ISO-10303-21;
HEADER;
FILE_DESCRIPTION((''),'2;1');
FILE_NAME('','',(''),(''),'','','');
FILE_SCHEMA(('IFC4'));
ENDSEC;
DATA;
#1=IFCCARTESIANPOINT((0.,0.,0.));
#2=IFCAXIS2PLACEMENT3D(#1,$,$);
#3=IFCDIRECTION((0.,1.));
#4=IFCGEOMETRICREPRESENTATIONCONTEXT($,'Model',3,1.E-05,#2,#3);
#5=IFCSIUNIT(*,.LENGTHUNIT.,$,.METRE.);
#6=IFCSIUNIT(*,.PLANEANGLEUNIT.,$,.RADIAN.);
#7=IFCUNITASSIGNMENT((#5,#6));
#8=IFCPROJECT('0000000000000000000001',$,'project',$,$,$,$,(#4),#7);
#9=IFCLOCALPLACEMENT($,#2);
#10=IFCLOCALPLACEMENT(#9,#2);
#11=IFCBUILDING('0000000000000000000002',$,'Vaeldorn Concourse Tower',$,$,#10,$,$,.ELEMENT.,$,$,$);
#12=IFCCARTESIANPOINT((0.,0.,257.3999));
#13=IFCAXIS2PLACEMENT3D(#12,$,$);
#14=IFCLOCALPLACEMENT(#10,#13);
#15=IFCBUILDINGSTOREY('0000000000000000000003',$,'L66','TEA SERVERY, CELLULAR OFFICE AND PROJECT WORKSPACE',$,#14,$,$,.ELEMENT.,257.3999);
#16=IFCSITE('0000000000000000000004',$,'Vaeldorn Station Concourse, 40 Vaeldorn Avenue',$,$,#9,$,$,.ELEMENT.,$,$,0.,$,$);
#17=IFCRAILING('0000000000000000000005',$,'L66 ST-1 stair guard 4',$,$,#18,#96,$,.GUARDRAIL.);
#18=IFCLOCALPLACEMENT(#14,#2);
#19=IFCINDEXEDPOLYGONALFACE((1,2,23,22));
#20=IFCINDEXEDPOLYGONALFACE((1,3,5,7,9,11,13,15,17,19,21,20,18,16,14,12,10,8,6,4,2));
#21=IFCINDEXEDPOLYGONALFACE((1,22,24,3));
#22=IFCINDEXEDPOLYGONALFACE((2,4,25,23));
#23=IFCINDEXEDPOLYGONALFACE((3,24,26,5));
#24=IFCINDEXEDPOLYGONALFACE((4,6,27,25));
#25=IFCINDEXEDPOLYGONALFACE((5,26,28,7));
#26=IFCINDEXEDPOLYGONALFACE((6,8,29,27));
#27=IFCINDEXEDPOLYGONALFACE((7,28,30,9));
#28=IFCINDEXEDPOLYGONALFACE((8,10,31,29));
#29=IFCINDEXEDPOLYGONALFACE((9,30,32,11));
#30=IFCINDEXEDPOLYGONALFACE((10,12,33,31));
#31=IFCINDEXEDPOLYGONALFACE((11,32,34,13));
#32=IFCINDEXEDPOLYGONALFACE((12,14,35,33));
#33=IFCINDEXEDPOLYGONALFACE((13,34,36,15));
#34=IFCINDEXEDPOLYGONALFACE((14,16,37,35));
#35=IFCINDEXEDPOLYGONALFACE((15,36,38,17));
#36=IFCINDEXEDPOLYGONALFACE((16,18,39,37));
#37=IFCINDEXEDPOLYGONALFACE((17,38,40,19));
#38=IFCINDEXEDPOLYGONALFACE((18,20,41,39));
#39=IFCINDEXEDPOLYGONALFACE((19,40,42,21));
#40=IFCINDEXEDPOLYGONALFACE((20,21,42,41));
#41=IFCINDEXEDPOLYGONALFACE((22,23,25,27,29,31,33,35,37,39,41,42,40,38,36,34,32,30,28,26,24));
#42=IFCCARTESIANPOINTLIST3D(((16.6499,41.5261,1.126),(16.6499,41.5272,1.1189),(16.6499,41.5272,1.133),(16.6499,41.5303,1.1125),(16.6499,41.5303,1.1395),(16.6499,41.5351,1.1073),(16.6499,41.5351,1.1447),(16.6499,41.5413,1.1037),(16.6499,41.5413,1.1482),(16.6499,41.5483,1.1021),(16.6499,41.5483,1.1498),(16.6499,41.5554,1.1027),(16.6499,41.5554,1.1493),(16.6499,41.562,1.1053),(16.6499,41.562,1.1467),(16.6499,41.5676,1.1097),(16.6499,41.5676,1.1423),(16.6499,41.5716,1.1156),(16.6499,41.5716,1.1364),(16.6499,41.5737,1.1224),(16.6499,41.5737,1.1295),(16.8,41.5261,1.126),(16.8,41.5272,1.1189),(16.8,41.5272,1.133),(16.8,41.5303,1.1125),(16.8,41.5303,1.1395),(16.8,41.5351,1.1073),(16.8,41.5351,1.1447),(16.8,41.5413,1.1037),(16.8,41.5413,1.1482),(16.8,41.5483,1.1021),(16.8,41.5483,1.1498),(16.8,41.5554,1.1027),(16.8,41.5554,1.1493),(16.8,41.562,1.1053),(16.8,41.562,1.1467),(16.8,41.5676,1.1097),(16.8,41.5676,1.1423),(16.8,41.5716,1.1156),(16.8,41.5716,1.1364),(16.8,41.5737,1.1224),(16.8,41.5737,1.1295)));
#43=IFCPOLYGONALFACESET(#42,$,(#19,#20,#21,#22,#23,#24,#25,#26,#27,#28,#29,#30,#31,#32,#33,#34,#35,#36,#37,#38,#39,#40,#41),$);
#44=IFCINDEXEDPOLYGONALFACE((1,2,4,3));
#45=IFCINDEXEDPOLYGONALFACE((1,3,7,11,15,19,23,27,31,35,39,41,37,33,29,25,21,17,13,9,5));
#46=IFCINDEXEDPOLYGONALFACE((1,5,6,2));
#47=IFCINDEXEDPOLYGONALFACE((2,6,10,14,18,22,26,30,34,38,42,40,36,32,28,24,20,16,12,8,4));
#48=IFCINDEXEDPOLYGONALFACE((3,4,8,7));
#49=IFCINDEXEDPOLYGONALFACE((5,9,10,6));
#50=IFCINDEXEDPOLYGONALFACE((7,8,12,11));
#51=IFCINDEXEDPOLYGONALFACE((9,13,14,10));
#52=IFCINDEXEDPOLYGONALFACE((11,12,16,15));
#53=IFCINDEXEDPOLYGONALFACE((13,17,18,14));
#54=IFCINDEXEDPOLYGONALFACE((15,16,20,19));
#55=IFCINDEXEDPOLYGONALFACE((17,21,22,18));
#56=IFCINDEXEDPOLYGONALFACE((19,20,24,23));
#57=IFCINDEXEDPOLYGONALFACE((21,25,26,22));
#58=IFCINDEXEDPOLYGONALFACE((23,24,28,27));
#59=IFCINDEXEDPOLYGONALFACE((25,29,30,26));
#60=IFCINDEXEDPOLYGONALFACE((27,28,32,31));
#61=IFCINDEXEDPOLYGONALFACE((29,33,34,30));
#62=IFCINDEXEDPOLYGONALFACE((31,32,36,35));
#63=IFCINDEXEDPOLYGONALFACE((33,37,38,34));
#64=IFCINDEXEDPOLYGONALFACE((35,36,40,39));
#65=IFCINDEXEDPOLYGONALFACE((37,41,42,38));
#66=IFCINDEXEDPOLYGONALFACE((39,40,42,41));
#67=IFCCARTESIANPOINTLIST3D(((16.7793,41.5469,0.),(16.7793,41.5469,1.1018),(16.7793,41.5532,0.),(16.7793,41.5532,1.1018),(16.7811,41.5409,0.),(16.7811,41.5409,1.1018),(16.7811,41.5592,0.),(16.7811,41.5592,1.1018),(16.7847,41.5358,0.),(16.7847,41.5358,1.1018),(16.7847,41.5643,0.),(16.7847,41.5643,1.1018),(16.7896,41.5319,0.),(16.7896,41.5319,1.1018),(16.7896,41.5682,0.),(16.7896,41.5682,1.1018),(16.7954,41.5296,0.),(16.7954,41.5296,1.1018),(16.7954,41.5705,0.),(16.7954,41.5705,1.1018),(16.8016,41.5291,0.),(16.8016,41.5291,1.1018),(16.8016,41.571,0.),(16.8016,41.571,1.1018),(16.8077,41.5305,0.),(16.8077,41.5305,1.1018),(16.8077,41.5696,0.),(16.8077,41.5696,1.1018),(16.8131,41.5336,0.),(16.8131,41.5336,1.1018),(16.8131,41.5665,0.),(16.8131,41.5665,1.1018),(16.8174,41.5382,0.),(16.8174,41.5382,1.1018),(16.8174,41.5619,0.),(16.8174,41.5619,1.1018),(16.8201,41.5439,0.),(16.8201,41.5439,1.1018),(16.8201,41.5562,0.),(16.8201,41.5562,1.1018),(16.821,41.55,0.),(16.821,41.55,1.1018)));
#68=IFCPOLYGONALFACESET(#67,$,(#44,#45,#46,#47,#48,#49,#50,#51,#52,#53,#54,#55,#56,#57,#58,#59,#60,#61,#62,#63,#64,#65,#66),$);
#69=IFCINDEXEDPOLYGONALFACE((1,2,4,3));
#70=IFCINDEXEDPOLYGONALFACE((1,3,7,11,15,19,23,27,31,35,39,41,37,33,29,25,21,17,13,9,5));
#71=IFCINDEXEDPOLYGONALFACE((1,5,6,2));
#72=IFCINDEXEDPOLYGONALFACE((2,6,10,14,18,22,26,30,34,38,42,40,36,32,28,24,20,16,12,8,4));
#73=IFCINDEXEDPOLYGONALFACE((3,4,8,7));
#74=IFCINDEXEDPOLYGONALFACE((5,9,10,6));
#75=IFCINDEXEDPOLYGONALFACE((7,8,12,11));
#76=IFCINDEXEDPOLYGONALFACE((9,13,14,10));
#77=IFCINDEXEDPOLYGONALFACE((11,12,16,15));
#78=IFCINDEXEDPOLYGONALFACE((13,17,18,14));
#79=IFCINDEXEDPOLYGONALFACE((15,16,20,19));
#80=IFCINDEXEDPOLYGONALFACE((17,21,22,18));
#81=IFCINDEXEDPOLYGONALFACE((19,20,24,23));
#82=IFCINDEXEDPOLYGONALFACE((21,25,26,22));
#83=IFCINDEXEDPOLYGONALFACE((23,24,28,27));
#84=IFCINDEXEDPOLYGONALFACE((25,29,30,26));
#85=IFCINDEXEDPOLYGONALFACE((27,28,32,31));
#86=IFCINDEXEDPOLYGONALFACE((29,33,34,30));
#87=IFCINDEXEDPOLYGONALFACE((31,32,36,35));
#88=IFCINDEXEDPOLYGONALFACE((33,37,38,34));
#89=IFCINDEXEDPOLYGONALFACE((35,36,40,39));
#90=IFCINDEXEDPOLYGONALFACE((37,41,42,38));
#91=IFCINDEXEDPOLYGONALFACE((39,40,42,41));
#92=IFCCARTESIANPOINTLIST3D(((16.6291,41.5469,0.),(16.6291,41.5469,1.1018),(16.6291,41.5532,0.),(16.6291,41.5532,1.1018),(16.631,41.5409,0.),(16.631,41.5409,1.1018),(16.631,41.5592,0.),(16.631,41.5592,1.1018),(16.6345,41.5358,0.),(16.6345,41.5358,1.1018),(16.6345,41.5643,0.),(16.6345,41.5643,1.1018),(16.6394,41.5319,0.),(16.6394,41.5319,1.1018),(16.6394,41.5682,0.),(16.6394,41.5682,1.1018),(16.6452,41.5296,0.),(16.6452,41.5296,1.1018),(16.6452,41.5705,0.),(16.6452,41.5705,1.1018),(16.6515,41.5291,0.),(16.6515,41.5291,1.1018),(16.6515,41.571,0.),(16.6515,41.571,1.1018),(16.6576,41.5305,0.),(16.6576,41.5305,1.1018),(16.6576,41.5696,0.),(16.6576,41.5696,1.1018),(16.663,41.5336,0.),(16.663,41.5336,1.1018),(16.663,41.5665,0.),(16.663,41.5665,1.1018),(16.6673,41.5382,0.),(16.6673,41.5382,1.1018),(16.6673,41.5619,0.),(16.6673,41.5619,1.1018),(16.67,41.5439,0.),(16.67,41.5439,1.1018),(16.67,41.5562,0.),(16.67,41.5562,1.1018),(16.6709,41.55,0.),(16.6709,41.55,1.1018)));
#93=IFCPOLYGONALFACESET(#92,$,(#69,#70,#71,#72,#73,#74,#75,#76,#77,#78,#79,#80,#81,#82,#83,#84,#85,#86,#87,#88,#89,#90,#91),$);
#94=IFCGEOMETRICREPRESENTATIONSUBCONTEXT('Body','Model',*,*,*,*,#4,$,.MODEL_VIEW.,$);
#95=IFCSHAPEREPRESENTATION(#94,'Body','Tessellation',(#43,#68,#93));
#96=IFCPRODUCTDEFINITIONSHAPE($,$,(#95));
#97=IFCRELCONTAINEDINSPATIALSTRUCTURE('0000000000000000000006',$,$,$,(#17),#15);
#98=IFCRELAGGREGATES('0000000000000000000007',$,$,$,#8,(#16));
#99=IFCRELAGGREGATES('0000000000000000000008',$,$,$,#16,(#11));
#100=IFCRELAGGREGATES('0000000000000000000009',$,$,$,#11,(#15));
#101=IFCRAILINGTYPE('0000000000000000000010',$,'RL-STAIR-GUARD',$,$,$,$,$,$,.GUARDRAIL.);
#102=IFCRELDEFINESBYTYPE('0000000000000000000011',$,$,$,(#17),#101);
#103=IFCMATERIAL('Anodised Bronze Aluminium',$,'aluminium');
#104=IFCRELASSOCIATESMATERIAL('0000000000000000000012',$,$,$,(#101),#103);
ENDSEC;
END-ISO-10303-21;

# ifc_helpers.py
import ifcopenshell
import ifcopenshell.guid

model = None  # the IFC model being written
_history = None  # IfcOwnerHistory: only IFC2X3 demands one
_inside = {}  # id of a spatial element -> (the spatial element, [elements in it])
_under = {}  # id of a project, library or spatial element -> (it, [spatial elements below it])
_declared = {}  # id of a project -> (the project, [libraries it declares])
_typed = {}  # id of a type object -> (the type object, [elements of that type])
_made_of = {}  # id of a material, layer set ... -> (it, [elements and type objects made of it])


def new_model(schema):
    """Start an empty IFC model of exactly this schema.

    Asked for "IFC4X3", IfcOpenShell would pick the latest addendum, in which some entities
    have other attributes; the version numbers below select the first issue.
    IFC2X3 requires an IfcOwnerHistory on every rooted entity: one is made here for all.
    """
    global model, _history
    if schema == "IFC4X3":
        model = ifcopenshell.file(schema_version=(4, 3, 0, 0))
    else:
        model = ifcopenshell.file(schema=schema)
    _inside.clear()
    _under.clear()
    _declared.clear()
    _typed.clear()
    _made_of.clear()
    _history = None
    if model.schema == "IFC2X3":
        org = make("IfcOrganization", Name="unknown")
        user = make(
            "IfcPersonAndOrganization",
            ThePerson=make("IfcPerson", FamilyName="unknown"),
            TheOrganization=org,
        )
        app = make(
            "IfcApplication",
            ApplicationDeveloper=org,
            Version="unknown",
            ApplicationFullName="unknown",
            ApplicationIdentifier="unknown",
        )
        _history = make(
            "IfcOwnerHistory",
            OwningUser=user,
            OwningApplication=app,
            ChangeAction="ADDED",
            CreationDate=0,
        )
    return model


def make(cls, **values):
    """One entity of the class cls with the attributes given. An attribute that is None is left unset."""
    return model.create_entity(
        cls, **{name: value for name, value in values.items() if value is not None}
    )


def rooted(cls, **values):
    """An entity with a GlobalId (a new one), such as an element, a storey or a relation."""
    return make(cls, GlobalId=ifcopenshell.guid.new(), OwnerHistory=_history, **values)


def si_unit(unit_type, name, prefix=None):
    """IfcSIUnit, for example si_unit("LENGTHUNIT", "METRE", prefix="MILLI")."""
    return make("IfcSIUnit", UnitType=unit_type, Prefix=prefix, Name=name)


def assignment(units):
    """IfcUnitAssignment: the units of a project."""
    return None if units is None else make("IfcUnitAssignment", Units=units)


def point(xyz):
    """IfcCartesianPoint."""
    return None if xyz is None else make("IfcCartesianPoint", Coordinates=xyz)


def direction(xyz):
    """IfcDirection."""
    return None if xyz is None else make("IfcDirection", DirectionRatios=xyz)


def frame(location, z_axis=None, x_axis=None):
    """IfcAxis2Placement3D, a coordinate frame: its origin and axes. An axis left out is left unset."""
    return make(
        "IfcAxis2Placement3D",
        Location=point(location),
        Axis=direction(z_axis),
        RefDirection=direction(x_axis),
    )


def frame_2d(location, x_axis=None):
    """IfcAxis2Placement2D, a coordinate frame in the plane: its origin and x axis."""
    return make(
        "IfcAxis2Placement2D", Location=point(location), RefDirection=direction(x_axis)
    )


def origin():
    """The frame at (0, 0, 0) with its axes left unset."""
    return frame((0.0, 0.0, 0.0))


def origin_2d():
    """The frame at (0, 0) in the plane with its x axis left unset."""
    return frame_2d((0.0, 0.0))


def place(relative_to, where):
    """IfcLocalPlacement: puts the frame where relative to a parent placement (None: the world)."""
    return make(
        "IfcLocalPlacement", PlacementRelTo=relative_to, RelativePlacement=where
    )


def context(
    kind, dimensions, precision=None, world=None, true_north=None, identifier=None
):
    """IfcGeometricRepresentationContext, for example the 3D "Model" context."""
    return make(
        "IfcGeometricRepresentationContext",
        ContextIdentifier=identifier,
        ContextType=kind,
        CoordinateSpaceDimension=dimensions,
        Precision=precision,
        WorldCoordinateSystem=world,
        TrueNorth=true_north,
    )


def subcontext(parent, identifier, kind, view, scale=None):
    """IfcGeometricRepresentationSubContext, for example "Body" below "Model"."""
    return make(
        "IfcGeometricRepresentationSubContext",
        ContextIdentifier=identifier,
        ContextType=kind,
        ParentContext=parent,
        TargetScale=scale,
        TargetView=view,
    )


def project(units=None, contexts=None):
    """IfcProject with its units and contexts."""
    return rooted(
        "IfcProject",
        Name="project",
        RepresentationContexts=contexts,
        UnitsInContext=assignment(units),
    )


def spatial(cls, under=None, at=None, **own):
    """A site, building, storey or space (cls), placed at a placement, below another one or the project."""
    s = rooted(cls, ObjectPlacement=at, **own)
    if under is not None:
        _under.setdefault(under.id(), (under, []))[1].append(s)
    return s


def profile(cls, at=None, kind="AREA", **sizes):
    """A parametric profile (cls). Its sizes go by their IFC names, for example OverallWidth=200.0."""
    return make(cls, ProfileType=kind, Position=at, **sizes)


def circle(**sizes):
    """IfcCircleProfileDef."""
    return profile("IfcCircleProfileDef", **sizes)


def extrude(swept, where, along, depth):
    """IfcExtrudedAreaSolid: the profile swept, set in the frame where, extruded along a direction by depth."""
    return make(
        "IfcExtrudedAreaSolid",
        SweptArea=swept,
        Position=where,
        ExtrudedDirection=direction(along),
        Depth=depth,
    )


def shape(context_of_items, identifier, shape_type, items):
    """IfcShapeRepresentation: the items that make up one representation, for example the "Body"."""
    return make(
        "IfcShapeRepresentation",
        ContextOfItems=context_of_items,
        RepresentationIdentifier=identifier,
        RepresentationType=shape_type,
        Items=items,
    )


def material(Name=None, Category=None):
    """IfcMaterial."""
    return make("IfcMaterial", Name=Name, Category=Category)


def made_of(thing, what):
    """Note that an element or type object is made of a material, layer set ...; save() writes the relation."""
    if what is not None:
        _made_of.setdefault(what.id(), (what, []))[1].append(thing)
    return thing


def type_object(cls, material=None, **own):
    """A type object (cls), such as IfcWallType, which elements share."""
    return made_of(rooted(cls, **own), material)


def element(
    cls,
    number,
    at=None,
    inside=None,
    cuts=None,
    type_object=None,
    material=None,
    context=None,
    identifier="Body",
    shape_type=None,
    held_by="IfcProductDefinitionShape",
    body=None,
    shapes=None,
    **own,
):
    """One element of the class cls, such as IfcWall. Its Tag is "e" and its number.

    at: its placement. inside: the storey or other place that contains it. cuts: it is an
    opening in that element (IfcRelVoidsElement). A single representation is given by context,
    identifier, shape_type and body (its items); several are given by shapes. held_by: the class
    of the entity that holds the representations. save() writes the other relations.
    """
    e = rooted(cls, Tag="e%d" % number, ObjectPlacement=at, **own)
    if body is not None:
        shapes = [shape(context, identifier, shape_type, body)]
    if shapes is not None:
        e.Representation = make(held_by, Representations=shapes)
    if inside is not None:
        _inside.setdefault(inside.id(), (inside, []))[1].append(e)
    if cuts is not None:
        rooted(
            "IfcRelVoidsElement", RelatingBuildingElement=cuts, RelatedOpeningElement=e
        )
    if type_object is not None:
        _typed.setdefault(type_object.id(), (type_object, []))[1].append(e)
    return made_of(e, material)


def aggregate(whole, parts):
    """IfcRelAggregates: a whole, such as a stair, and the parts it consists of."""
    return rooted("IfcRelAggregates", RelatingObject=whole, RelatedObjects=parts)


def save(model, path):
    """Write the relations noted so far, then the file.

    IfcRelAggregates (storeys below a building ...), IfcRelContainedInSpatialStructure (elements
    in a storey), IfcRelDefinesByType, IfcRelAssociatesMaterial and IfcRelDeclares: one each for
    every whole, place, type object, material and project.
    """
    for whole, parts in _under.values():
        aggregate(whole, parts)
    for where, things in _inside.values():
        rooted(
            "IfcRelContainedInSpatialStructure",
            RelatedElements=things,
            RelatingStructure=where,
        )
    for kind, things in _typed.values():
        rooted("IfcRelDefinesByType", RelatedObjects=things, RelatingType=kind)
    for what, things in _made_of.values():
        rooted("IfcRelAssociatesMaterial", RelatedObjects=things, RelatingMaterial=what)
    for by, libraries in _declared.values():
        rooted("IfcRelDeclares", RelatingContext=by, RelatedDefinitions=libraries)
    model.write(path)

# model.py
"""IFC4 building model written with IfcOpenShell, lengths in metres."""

from ifc_helpers import new_model, si_unit, direction, frame, origin, origin_2d, place, context, subcontext, project, spatial, circle, extrude, material, type_object, element, save


model = new_model("IFC4")

# Units and contexts
model_context = context("Model", 3, precision=1e-05, world=origin(), true_north=direction((0.0, 1.0)))
body_context = subcontext(model_context, "Body", "Model", "MODEL_VIEW")
ifc_project = project(units=[si_unit("LENGTHUNIT", "METRE"), si_unit("PLANEANGLEUNIT", "RADIAN")], contexts=[model_context])

# Site, building, storey
site_placement = place(None, origin())
site = spatial("IfcSite", under=ifc_project, at=site_placement, Name="Vaeldorn Station Concourse, 40 Vaeldorn Avenue", CompositionType="ELEMENT", RefElevation=0.0)
building_placement = place(site_placement, origin())
building = spatial("IfcBuilding", under=site, at=building_placement, Name="Vaeldorn Concourse Tower", CompositionType="ELEMENT")
storey_placement = place(building_placement, frame((0.0, 0.0, 257.3999)))
storey = spatial("IfcBuildingStorey", under=building, at=storey_placement, Name="L66", Description="TEA SERVERY, CELLULAR OFFICE AND PROJECT WORKSPACE", CompositionType="ELEMENT", Elevation=257.3999)

# Shared definitions
ifc_material_1 = material(Name="Anodised Bronze Aluminium", Category="aluminium")

# Railing
railing_type_1 = type_object("IfcRailingType", Name="RL-STAIR-GUARD", PredefinedType="GUARDRAIL", material=ifc_material_1)
railing_1_placement = place(storey_placement, frame((16.8, 41.55, 0.0)))
element("IfcRailing", 1, at=railing_1_placement, inside=storey, type_object=railing_type_1, Name="L66 ST-1 stair guard 4", PredefinedType="GUARDRAIL", context=body_context, shape_type="SweptSolid", body=[
    extrude(circle(Radius=0.0239, at=origin_2d()), frame((0.0, 0.0, 1.126), z_axis=(-1.0, 0.0, 0.0), x_axis=(0.0, -1.0, 0.0)), (0.0, 0.0, 1.0), 0.1501),
    extrude(circle(Radius=0.021, at=origin_2d()), origin(), (0.0, 0.0, 1.0), 1.1018),
    extrude(circle(Radius=0.021, at=origin_2d()), frame((-0.1501, 0.0, 0.0)), (0.0, 0.0, 1.0), 1.1018),
])

save(model, "model.ifc")
